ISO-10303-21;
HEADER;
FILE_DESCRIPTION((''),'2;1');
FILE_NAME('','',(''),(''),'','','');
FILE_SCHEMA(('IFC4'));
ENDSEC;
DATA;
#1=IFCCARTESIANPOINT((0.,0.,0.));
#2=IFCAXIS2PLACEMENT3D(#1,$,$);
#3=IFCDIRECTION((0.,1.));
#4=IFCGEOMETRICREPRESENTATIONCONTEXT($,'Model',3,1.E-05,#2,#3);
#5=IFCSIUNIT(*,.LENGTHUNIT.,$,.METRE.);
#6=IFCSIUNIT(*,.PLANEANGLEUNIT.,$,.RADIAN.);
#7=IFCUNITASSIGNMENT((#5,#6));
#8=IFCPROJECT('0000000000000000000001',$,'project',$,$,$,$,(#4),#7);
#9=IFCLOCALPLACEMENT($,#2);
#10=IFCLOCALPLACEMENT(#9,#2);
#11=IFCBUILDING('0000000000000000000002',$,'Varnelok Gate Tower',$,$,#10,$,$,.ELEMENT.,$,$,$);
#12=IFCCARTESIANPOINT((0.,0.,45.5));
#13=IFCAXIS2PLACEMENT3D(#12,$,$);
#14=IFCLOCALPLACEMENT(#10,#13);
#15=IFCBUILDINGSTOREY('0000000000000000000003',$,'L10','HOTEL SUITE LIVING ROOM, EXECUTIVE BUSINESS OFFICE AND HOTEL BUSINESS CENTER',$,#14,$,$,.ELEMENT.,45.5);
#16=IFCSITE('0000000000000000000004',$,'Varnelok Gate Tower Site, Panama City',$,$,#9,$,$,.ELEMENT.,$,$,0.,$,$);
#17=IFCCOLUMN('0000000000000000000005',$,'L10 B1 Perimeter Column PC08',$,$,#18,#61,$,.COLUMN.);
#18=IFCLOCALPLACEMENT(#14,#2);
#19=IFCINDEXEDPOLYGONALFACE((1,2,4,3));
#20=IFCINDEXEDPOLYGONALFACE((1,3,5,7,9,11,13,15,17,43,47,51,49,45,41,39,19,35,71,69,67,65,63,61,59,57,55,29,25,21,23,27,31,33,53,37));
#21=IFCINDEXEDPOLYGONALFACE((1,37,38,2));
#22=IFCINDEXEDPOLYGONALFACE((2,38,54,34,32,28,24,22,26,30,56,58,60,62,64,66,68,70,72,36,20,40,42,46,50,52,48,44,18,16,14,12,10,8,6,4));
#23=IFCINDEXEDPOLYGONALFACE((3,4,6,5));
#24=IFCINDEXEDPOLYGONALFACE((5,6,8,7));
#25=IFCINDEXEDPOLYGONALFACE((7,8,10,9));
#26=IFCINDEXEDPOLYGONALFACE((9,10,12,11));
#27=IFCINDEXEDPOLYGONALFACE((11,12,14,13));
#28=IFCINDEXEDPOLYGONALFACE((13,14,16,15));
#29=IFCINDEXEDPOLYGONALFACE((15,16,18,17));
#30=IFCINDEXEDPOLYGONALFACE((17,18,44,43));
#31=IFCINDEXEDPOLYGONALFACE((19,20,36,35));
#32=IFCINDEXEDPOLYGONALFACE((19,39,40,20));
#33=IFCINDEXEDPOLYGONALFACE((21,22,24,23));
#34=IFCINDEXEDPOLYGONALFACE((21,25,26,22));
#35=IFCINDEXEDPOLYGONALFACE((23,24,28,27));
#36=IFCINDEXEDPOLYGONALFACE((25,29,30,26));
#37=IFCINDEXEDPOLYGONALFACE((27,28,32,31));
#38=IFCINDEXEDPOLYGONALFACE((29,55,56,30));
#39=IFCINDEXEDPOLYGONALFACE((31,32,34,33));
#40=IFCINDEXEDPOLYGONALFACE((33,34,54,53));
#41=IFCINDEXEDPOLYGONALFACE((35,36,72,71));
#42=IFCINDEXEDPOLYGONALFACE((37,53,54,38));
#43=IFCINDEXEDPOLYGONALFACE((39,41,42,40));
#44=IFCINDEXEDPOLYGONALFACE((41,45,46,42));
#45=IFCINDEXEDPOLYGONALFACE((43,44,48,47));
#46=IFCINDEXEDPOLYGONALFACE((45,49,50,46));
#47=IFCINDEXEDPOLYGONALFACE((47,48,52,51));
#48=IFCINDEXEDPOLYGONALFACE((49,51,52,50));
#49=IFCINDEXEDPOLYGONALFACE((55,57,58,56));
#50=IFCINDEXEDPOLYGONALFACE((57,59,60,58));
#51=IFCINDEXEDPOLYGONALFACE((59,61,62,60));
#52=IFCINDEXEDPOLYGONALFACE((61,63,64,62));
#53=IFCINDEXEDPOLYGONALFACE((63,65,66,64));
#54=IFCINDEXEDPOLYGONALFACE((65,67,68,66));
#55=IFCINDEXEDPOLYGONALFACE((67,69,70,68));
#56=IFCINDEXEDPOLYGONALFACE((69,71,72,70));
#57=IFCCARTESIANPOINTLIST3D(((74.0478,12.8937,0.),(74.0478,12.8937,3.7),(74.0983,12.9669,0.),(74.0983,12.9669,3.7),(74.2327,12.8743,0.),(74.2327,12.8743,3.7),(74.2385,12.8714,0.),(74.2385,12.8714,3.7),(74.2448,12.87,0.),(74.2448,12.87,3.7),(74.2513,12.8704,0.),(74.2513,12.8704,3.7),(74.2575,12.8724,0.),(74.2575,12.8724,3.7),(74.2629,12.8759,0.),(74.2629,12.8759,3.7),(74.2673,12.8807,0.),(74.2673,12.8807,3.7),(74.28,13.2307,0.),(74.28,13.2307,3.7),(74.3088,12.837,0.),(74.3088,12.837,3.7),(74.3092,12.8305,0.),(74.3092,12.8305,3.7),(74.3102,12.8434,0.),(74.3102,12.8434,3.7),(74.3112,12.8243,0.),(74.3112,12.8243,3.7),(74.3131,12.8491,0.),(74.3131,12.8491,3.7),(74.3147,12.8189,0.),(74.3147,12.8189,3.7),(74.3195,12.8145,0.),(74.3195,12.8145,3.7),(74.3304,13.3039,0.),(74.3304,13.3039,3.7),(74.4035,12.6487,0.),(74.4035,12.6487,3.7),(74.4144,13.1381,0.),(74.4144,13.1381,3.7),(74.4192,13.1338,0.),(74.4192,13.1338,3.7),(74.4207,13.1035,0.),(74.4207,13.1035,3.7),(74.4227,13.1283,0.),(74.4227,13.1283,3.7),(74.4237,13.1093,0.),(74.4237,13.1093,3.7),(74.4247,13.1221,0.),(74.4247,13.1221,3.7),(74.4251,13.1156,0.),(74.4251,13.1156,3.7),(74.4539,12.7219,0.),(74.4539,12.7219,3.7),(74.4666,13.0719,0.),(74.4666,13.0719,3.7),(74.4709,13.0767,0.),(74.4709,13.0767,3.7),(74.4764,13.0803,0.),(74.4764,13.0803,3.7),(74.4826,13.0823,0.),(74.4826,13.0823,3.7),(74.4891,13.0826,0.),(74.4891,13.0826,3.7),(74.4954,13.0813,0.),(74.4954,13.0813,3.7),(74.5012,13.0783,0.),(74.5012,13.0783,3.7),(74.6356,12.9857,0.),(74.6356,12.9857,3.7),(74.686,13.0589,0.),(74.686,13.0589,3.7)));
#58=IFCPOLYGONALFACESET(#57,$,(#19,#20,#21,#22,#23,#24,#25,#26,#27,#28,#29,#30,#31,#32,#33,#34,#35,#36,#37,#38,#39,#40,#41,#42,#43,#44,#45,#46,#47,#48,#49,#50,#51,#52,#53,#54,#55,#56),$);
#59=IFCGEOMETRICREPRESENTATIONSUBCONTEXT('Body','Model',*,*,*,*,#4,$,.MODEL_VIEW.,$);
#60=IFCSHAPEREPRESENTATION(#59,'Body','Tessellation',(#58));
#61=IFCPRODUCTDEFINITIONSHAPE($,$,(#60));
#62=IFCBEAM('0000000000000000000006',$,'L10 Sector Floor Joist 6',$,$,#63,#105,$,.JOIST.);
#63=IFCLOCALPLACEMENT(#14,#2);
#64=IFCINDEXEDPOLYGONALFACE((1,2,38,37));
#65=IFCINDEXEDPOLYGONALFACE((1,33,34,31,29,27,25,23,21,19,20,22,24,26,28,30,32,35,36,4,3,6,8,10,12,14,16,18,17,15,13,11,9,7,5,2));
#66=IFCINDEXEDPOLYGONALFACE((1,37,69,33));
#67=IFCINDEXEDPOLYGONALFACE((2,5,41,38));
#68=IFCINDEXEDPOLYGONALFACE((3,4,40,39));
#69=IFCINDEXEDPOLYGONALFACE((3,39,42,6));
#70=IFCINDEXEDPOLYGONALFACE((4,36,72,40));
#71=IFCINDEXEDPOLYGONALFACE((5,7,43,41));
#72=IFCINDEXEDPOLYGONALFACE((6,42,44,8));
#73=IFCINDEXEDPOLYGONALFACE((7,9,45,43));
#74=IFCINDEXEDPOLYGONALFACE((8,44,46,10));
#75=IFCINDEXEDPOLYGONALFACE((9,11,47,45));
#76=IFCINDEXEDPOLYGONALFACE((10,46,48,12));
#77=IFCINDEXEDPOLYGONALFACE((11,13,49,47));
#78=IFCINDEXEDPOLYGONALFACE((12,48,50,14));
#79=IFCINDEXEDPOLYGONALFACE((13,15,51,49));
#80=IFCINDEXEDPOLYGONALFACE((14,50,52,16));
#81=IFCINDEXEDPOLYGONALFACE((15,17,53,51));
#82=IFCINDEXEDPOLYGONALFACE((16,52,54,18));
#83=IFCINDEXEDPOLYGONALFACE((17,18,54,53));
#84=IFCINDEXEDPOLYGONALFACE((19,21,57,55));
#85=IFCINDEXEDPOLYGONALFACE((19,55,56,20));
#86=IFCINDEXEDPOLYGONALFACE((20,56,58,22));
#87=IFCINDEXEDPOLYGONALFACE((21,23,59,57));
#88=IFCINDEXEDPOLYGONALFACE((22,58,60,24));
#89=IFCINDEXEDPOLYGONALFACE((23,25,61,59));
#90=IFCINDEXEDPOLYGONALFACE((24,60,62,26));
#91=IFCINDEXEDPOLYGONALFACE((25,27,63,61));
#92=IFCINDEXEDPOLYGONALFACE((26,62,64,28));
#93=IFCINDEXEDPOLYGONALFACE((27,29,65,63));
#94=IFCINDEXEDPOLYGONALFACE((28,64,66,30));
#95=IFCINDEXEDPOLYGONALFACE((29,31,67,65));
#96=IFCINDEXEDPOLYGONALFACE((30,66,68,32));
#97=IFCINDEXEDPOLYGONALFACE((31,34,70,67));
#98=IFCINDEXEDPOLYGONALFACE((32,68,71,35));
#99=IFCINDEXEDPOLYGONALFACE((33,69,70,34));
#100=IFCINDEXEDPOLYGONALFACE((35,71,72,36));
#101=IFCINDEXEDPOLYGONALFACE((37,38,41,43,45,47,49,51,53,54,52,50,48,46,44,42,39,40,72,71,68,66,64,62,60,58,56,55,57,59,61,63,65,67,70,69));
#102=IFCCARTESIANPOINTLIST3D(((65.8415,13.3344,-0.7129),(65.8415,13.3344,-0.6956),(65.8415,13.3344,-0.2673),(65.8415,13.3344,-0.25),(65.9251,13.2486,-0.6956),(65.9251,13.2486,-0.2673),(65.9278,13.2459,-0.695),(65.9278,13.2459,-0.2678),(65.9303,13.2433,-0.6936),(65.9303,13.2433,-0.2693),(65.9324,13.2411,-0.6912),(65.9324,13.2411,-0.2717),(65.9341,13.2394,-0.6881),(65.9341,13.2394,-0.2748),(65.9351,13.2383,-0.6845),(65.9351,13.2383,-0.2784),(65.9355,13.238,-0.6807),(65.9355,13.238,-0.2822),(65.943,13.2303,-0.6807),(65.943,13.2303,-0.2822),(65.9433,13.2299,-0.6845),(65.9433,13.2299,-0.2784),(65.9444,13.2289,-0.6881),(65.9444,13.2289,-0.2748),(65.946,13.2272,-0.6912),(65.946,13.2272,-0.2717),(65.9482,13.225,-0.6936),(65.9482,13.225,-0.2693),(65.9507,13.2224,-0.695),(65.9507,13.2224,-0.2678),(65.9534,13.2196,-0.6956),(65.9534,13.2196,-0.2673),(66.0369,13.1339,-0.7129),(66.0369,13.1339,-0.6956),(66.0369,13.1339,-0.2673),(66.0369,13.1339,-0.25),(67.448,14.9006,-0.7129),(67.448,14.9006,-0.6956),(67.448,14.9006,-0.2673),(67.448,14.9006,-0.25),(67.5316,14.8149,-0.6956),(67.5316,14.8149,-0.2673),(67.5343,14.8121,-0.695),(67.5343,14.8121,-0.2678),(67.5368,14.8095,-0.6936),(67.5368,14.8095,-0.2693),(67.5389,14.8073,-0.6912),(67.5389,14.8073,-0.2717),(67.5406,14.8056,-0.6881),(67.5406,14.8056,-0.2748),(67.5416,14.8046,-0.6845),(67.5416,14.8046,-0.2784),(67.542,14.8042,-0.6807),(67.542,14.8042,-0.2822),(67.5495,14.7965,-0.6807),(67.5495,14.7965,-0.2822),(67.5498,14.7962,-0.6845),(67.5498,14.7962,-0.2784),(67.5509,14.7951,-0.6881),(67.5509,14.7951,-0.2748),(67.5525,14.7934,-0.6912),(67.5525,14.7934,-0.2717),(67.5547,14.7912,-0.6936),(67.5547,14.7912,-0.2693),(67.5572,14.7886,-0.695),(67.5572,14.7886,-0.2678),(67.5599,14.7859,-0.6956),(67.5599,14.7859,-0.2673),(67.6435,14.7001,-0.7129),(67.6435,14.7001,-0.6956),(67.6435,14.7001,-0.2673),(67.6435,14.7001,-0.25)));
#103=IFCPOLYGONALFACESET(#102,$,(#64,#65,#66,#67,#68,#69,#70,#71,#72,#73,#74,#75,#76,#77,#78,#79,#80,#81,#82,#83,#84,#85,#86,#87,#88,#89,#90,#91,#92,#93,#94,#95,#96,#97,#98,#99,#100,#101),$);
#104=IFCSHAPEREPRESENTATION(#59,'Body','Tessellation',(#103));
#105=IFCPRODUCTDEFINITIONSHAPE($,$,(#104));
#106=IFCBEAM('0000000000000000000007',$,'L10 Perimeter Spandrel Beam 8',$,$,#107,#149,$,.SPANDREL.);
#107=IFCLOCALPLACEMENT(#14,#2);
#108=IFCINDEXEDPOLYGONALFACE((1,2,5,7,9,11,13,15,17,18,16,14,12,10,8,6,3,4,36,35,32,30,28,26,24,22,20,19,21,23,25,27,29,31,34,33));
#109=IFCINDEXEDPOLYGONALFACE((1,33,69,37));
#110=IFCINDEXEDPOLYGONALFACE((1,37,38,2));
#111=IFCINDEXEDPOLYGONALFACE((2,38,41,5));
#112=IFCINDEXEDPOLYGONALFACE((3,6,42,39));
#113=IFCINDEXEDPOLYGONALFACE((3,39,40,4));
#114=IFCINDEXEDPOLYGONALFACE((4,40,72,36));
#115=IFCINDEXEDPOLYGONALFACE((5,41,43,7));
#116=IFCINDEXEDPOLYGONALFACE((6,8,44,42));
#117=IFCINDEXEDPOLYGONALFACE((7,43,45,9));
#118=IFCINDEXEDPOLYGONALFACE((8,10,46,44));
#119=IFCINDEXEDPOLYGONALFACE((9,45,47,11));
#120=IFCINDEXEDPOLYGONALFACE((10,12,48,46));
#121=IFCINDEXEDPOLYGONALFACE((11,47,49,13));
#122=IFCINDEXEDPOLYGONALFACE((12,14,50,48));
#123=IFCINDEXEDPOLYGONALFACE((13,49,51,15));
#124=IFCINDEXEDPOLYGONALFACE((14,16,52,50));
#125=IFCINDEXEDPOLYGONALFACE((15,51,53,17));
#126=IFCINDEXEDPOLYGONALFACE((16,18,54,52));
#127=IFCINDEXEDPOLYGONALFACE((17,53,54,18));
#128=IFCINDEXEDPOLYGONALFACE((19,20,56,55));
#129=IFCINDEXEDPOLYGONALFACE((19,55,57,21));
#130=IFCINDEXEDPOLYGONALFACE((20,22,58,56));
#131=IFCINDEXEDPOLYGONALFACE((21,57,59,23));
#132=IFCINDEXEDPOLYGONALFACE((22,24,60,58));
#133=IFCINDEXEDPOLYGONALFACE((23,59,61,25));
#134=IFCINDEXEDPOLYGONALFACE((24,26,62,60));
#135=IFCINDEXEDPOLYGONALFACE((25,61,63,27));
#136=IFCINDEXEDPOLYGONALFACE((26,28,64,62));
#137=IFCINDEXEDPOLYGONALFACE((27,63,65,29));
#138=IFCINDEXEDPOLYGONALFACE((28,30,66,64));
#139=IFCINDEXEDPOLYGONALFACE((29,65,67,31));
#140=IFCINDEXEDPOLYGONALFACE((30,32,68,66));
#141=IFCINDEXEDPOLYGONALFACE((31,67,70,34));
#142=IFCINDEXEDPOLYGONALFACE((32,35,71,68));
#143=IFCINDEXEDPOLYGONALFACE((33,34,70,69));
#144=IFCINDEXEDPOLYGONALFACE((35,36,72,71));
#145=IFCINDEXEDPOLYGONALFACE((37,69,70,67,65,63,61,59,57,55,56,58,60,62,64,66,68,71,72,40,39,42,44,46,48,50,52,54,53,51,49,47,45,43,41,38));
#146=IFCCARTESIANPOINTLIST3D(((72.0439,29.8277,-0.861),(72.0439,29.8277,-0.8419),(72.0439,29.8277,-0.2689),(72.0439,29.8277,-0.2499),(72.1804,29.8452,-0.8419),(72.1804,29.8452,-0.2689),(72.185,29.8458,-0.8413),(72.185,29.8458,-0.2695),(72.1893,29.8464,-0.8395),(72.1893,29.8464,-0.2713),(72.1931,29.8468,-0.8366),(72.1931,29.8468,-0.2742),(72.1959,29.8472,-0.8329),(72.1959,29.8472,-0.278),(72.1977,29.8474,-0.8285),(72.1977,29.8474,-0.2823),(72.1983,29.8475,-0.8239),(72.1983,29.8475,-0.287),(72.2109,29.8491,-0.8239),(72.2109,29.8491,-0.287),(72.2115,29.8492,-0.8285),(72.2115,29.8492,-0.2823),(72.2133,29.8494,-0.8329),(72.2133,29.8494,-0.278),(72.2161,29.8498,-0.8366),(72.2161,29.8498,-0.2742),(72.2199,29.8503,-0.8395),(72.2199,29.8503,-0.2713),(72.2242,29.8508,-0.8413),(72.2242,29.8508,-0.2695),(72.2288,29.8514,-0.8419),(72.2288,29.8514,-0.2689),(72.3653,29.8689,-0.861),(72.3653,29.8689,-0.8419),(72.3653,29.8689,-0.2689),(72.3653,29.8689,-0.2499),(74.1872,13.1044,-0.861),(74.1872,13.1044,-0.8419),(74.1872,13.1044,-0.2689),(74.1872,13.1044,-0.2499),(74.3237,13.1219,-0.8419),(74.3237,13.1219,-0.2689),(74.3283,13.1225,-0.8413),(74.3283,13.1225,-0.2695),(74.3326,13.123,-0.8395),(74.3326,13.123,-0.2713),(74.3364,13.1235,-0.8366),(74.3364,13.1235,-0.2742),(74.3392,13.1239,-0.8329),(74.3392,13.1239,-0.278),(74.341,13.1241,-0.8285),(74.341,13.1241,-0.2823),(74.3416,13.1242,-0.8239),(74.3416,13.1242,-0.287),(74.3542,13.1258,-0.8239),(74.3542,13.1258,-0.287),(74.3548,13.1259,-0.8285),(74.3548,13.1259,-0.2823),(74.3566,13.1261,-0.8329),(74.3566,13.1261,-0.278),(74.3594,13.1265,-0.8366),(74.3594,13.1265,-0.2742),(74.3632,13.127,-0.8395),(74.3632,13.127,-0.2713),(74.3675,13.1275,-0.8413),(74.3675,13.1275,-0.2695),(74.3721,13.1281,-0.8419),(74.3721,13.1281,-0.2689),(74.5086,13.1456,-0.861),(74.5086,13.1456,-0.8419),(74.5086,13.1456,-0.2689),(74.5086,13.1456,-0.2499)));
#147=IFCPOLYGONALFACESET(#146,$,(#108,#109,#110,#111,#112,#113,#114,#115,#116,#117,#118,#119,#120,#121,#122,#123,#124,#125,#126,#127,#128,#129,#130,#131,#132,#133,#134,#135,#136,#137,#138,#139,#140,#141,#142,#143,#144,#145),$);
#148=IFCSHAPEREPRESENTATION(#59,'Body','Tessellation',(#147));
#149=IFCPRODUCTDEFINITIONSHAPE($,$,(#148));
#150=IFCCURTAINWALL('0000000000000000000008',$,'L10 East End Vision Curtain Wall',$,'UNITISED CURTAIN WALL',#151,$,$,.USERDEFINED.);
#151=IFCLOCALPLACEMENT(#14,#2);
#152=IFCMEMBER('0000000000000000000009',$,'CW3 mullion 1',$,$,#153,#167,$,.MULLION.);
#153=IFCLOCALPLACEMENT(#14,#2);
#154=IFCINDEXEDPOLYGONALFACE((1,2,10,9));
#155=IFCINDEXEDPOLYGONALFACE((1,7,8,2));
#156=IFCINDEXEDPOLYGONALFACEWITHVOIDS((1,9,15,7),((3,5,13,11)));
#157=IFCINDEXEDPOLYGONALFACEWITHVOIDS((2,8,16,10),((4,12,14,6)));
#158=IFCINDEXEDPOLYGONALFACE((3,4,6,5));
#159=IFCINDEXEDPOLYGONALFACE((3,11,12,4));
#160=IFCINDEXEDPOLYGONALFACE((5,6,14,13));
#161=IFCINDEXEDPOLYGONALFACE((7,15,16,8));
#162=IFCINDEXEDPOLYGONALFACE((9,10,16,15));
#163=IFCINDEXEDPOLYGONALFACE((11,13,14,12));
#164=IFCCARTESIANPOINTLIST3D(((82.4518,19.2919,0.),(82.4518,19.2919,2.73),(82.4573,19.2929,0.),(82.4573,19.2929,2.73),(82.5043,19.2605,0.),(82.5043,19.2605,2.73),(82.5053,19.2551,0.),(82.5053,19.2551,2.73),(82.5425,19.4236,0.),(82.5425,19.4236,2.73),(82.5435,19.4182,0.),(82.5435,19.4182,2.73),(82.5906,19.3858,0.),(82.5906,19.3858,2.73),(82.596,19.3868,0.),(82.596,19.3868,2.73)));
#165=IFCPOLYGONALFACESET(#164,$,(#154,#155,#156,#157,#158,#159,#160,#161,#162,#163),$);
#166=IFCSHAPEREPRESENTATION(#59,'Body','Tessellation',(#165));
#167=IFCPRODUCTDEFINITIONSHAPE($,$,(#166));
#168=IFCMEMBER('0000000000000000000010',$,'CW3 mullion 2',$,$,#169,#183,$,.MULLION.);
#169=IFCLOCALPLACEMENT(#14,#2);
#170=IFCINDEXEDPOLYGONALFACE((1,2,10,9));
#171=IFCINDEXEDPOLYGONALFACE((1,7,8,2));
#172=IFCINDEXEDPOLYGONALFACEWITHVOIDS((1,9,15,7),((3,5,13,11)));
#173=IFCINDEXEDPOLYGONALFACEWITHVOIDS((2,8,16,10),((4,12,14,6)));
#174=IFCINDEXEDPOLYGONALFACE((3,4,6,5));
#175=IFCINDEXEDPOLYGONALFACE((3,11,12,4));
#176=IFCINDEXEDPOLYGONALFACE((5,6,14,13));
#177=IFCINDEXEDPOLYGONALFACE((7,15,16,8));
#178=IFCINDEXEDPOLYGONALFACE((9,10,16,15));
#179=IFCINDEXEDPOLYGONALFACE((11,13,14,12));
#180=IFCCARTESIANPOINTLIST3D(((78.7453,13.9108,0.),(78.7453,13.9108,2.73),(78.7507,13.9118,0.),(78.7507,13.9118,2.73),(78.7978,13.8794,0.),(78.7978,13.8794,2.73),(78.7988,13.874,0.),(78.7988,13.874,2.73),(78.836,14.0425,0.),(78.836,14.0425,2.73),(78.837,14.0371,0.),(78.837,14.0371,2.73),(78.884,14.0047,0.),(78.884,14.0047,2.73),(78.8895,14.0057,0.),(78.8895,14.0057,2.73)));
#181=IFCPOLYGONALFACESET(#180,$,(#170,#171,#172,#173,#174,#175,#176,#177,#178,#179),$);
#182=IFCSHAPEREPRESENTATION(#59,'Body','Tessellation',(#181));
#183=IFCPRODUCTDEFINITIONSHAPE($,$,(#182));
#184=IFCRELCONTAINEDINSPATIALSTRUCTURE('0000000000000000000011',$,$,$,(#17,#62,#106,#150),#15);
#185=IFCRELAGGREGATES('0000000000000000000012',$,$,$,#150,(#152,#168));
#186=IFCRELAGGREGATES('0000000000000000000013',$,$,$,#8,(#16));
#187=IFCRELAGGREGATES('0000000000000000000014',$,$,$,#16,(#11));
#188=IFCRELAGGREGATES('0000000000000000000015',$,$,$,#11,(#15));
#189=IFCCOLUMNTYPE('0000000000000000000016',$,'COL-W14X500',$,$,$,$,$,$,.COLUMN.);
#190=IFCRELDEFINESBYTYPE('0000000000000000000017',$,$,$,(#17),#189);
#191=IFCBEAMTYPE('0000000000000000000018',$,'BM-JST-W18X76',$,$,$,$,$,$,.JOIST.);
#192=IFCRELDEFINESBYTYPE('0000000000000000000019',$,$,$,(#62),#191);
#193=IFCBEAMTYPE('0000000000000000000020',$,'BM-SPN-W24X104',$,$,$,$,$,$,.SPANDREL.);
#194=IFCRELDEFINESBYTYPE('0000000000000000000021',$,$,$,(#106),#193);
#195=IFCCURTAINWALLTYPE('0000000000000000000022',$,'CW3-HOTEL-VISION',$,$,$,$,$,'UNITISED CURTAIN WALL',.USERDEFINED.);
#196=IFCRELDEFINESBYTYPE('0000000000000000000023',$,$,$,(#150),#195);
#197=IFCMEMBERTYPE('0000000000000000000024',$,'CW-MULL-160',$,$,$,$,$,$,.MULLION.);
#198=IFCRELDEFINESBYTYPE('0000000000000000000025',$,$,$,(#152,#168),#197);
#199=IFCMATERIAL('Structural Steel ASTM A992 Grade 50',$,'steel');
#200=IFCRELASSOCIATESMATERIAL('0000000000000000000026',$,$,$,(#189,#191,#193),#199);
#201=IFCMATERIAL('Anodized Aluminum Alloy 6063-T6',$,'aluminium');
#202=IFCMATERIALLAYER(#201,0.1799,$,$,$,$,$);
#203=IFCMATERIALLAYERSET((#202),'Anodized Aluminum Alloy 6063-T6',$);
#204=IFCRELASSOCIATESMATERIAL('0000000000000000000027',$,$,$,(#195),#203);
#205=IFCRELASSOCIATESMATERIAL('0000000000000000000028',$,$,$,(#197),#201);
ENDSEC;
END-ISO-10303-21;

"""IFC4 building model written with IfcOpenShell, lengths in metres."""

from ifc_helpers import new_model, si_unit, direction, frame, origin, origin_2d, place, context, subcontext, project, spatial, hollow_rectangle, i_section, extrude, material, layer, layer_set, material_profile, profile_set, type_object, element, aggregate, save


model = new_model("IFC4")

# Units and contexts
model_context = context("Model", 3, precision=1e-05, world=origin(), true_north=direction((0.0, 1.0)))
body_context = subcontext(model_context, "Body", "Model", "MODEL_VIEW")
ifc_project = project(units=[si_unit("LENGTHUNIT", "METRE"), si_unit("PLANEANGLEUNIT", "RADIAN")], contexts=[model_context])

# Site, building, storey
site_placement = place(None, origin())
site = spatial("IfcSite", under=ifc_project, at=site_placement, Name="Varnelok Gate Tower Site, Panama City", CompositionType="ELEMENT", RefElevation=0.0)
building_placement = place(site_placement, origin())
building = spatial("IfcBuilding", under=site, at=building_placement, Name="Varnelok Gate Tower", CompositionType="ELEMENT")
storey_placement = place(building_placement, frame((0.0, 0.0, 45.5)))
storey = spatial("IfcBuildingStorey", under=building, at=storey_placement, Name="L10", Description="HOTEL SUITE LIVING ROOM, EXECUTIVE BUSINESS OFFICE AND HOTEL BUSINESS CENTER", CompositionType="ELEMENT", Elevation=45.5)

# Column
ifc_material_1 = material(Name="Structural Steel ASTM A992 Grade 50", Category="steel")
ifc_material_profile_1 = material_profile(ifc_material_1, i_section(OverallWidth=0.4319, OverallDepth=0.498, WebThickness=0.0557, FlangeThickness=0.0889, FilletRadius=0.0249, at=origin_2d()), Name="W14X500")
ifc_profile_set_1 = profile_set([ifc_material_profile_1], Name="Structural Steel ASTM A992 Grade 50")
column_type = type_object("IfcColumnType", Name="COL-W14X500", PredefinedType="COLUMN", material=ifc_profile_set_1)
column_placement = place(storey_placement, frame((74.3669, 12.9763, 0.0), z_axis=(0.0, 0.0, 1.0), x_axis=(0.823533, -0.567269, 0.0)))
element("IfcColumn", 1, at=column_placement, inside=storey, type_object=column_type, Name="L10 B1 Perimeter Column PC08", PredefinedType="COLUMN", context=body_context, shape_type="SweptSolid", body=[
    extrude(i_section(OverallWidth=0.4319, OverallDepth=0.498, WebThickness=0.0557, FlangeThickness=0.0889, FilletRadius=0.0249, at=origin_2d()), origin(), (0.0, 0.0, 1.0), 3.7),
])

# Beams
ifc_material_profile_2 = material_profile(ifc_material_1, i_section(OverallWidth=0.28, OverallDepth=0.4629, WebThickness=0.0107, FlangeThickness=0.0173, FilletRadius=0.0149, at=origin_2d()), Name="W18X76")
ifc_profile_set_2 = profile_set([ifc_material_profile_2], Name="Structural Steel ASTM A992 Grade 50")
beam_type_1 = type_object("IfcBeamType", Name="BM-JST-W18X76", PredefinedType="JOIST", material=ifc_profile_set_2)
beam_1_placement = place(storey_placement, frame((65.9392, 13.2341, -0.4814), z_axis=(0.716027, 0.698072, 0.0), x_axis=(-0.698072, 0.716027, 0.0)))
element("IfcBeam", 2, at=beam_1_placement, inside=storey, type_object=beam_type_1, Name="L10 Sector Floor Joist 6", PredefinedType="JOIST", context=body_context, shape_type="SweptSolid", body=[
    extrude(i_section(OverallWidth=0.28, OverallDepth=0.4629, WebThickness=0.0107, FlangeThickness=0.0173, FilletRadius=0.0149, at=origin_2d()), origin(), (0.0, 0.0, 1.0), 2.2437),
])
ifc_material_profile_3 = material_profile(ifc_material_1, i_section(OverallWidth=0.324, OverallDepth=0.6111, WebThickness=0.0127, FlangeThickness=0.019, FilletRadius=0.0181, at=origin_2d()), Name="W24X104")
ifc_profile_set_3 = profile_set([ifc_material_profile_3], Name="Structural Steel ASTM A992 Grade 50")
beam_type_2 = type_object("IfcBeamType", Name="BM-SPN-W24X104", PredefinedType="SPANDREL", material=ifc_profile_set_3)
beam_2_placement = place(storey_placement, frame((74.3479, 13.125, -0.5554), z_axis=(-0.127123, 0.991887, 0.0), x_axis=(-0.991887, -0.127123, 0.0)))
element("IfcBeam", 3, at=beam_2_placement, inside=storey, type_object=beam_type_2, Name="L10 Perimeter Spandrel Beam 8", PredefinedType="SPANDREL", context=body_context, shape_type="SweptSolid", body=[
    extrude(i_section(OverallWidth=0.324, OverallDepth=0.6111, WebThickness=0.0127, FlangeThickness=0.019, FilletRadius=0.0181, at=origin_2d()), origin(), (0.0, 0.0, 1.0), 16.8601),
])

# Curtain wall, members
ifc_material_2 = material(Name="Anodized Aluminum Alloy 6063-T6", Category="aluminium")
ifc_layer_1 = layer(ifc_material_2, 0.1799)
ifc_layer_set_1 = layer_set([ifc_layer_1], Name="Anodized Aluminum Alloy 6063-T6")
curtain_wall_type = type_object("IfcCurtainWallType", Name="CW3-HOTEL-VISION", ElementType="UNITISED CURTAIN WALL", PredefinedType="USERDEFINED", material=ifc_layer_set_1)
curtain_wall_placement = place(storey_placement, origin())
curtain_wall = element("IfcCurtainWall", 4, at=curtain_wall_placement, inside=storey, type_object=curtain_wall_type, Name="L10 East End Vision Curtain Wall", ObjectType="UNITISED CURTAIN WALL", PredefinedType="USERDEFINED")
ifc_material_profile_4 = material_profile(ifc_material_2, hollow_rectangle(XDim=0.0649, YDim=0.1599, WallThickness=0.0039, at=origin_2d()), Name="ALU160X65X4")
ifc_profile_set_4 = profile_set([ifc_material_profile_4], Name="Anodized Aluminum Alloy 6063-T6")
member_type_1 = type_object("IfcMemberType", Name="CW-MULL-160", PredefinedType="MULLION", material=ifc_profile_set_4)
member_1_placement = place(storey_placement, frame((82.5239, 19.3394, 0.0), z_axis=(0.0, 0.0, 1.0), x_axis=(0.823533, -0.567269, 0.0)))
member_1 = element("IfcMember", 5, at=member_1_placement, type_object=member_type_1, Name="CW3 mullion 1", PredefinedType="MULLION", context=body_context, shape_type="SweptSolid", body=[
    extrude(hollow_rectangle(XDim=0.0649, YDim=0.1599, WallThickness=0.0039, at=origin_2d()), origin(), (0.0, 0.0, 1.0), 2.73),
])
member_2_placement = place(storey_placement, frame((78.8174, 13.9583, 0.0), z_axis=(0.0, 0.0, 1.0), x_axis=(0.823533, -0.567269, 0.0)))
member_2 = element("IfcMember", 6, at=member_2_placement, type_object=member_type_1, Name="CW3 mullion 2", PredefinedType="MULLION", context=body_context, shape_type="SweptSolid", body=[
    extrude(hollow_rectangle(XDim=0.0649, YDim=0.1599, WallThickness=0.0039, at=origin_2d()), origin(), (0.0, 0.0, 1.0), 2.73),
])
aggregate(curtain_wall, [member_1, member_2])

save(model, "model.ifc")
